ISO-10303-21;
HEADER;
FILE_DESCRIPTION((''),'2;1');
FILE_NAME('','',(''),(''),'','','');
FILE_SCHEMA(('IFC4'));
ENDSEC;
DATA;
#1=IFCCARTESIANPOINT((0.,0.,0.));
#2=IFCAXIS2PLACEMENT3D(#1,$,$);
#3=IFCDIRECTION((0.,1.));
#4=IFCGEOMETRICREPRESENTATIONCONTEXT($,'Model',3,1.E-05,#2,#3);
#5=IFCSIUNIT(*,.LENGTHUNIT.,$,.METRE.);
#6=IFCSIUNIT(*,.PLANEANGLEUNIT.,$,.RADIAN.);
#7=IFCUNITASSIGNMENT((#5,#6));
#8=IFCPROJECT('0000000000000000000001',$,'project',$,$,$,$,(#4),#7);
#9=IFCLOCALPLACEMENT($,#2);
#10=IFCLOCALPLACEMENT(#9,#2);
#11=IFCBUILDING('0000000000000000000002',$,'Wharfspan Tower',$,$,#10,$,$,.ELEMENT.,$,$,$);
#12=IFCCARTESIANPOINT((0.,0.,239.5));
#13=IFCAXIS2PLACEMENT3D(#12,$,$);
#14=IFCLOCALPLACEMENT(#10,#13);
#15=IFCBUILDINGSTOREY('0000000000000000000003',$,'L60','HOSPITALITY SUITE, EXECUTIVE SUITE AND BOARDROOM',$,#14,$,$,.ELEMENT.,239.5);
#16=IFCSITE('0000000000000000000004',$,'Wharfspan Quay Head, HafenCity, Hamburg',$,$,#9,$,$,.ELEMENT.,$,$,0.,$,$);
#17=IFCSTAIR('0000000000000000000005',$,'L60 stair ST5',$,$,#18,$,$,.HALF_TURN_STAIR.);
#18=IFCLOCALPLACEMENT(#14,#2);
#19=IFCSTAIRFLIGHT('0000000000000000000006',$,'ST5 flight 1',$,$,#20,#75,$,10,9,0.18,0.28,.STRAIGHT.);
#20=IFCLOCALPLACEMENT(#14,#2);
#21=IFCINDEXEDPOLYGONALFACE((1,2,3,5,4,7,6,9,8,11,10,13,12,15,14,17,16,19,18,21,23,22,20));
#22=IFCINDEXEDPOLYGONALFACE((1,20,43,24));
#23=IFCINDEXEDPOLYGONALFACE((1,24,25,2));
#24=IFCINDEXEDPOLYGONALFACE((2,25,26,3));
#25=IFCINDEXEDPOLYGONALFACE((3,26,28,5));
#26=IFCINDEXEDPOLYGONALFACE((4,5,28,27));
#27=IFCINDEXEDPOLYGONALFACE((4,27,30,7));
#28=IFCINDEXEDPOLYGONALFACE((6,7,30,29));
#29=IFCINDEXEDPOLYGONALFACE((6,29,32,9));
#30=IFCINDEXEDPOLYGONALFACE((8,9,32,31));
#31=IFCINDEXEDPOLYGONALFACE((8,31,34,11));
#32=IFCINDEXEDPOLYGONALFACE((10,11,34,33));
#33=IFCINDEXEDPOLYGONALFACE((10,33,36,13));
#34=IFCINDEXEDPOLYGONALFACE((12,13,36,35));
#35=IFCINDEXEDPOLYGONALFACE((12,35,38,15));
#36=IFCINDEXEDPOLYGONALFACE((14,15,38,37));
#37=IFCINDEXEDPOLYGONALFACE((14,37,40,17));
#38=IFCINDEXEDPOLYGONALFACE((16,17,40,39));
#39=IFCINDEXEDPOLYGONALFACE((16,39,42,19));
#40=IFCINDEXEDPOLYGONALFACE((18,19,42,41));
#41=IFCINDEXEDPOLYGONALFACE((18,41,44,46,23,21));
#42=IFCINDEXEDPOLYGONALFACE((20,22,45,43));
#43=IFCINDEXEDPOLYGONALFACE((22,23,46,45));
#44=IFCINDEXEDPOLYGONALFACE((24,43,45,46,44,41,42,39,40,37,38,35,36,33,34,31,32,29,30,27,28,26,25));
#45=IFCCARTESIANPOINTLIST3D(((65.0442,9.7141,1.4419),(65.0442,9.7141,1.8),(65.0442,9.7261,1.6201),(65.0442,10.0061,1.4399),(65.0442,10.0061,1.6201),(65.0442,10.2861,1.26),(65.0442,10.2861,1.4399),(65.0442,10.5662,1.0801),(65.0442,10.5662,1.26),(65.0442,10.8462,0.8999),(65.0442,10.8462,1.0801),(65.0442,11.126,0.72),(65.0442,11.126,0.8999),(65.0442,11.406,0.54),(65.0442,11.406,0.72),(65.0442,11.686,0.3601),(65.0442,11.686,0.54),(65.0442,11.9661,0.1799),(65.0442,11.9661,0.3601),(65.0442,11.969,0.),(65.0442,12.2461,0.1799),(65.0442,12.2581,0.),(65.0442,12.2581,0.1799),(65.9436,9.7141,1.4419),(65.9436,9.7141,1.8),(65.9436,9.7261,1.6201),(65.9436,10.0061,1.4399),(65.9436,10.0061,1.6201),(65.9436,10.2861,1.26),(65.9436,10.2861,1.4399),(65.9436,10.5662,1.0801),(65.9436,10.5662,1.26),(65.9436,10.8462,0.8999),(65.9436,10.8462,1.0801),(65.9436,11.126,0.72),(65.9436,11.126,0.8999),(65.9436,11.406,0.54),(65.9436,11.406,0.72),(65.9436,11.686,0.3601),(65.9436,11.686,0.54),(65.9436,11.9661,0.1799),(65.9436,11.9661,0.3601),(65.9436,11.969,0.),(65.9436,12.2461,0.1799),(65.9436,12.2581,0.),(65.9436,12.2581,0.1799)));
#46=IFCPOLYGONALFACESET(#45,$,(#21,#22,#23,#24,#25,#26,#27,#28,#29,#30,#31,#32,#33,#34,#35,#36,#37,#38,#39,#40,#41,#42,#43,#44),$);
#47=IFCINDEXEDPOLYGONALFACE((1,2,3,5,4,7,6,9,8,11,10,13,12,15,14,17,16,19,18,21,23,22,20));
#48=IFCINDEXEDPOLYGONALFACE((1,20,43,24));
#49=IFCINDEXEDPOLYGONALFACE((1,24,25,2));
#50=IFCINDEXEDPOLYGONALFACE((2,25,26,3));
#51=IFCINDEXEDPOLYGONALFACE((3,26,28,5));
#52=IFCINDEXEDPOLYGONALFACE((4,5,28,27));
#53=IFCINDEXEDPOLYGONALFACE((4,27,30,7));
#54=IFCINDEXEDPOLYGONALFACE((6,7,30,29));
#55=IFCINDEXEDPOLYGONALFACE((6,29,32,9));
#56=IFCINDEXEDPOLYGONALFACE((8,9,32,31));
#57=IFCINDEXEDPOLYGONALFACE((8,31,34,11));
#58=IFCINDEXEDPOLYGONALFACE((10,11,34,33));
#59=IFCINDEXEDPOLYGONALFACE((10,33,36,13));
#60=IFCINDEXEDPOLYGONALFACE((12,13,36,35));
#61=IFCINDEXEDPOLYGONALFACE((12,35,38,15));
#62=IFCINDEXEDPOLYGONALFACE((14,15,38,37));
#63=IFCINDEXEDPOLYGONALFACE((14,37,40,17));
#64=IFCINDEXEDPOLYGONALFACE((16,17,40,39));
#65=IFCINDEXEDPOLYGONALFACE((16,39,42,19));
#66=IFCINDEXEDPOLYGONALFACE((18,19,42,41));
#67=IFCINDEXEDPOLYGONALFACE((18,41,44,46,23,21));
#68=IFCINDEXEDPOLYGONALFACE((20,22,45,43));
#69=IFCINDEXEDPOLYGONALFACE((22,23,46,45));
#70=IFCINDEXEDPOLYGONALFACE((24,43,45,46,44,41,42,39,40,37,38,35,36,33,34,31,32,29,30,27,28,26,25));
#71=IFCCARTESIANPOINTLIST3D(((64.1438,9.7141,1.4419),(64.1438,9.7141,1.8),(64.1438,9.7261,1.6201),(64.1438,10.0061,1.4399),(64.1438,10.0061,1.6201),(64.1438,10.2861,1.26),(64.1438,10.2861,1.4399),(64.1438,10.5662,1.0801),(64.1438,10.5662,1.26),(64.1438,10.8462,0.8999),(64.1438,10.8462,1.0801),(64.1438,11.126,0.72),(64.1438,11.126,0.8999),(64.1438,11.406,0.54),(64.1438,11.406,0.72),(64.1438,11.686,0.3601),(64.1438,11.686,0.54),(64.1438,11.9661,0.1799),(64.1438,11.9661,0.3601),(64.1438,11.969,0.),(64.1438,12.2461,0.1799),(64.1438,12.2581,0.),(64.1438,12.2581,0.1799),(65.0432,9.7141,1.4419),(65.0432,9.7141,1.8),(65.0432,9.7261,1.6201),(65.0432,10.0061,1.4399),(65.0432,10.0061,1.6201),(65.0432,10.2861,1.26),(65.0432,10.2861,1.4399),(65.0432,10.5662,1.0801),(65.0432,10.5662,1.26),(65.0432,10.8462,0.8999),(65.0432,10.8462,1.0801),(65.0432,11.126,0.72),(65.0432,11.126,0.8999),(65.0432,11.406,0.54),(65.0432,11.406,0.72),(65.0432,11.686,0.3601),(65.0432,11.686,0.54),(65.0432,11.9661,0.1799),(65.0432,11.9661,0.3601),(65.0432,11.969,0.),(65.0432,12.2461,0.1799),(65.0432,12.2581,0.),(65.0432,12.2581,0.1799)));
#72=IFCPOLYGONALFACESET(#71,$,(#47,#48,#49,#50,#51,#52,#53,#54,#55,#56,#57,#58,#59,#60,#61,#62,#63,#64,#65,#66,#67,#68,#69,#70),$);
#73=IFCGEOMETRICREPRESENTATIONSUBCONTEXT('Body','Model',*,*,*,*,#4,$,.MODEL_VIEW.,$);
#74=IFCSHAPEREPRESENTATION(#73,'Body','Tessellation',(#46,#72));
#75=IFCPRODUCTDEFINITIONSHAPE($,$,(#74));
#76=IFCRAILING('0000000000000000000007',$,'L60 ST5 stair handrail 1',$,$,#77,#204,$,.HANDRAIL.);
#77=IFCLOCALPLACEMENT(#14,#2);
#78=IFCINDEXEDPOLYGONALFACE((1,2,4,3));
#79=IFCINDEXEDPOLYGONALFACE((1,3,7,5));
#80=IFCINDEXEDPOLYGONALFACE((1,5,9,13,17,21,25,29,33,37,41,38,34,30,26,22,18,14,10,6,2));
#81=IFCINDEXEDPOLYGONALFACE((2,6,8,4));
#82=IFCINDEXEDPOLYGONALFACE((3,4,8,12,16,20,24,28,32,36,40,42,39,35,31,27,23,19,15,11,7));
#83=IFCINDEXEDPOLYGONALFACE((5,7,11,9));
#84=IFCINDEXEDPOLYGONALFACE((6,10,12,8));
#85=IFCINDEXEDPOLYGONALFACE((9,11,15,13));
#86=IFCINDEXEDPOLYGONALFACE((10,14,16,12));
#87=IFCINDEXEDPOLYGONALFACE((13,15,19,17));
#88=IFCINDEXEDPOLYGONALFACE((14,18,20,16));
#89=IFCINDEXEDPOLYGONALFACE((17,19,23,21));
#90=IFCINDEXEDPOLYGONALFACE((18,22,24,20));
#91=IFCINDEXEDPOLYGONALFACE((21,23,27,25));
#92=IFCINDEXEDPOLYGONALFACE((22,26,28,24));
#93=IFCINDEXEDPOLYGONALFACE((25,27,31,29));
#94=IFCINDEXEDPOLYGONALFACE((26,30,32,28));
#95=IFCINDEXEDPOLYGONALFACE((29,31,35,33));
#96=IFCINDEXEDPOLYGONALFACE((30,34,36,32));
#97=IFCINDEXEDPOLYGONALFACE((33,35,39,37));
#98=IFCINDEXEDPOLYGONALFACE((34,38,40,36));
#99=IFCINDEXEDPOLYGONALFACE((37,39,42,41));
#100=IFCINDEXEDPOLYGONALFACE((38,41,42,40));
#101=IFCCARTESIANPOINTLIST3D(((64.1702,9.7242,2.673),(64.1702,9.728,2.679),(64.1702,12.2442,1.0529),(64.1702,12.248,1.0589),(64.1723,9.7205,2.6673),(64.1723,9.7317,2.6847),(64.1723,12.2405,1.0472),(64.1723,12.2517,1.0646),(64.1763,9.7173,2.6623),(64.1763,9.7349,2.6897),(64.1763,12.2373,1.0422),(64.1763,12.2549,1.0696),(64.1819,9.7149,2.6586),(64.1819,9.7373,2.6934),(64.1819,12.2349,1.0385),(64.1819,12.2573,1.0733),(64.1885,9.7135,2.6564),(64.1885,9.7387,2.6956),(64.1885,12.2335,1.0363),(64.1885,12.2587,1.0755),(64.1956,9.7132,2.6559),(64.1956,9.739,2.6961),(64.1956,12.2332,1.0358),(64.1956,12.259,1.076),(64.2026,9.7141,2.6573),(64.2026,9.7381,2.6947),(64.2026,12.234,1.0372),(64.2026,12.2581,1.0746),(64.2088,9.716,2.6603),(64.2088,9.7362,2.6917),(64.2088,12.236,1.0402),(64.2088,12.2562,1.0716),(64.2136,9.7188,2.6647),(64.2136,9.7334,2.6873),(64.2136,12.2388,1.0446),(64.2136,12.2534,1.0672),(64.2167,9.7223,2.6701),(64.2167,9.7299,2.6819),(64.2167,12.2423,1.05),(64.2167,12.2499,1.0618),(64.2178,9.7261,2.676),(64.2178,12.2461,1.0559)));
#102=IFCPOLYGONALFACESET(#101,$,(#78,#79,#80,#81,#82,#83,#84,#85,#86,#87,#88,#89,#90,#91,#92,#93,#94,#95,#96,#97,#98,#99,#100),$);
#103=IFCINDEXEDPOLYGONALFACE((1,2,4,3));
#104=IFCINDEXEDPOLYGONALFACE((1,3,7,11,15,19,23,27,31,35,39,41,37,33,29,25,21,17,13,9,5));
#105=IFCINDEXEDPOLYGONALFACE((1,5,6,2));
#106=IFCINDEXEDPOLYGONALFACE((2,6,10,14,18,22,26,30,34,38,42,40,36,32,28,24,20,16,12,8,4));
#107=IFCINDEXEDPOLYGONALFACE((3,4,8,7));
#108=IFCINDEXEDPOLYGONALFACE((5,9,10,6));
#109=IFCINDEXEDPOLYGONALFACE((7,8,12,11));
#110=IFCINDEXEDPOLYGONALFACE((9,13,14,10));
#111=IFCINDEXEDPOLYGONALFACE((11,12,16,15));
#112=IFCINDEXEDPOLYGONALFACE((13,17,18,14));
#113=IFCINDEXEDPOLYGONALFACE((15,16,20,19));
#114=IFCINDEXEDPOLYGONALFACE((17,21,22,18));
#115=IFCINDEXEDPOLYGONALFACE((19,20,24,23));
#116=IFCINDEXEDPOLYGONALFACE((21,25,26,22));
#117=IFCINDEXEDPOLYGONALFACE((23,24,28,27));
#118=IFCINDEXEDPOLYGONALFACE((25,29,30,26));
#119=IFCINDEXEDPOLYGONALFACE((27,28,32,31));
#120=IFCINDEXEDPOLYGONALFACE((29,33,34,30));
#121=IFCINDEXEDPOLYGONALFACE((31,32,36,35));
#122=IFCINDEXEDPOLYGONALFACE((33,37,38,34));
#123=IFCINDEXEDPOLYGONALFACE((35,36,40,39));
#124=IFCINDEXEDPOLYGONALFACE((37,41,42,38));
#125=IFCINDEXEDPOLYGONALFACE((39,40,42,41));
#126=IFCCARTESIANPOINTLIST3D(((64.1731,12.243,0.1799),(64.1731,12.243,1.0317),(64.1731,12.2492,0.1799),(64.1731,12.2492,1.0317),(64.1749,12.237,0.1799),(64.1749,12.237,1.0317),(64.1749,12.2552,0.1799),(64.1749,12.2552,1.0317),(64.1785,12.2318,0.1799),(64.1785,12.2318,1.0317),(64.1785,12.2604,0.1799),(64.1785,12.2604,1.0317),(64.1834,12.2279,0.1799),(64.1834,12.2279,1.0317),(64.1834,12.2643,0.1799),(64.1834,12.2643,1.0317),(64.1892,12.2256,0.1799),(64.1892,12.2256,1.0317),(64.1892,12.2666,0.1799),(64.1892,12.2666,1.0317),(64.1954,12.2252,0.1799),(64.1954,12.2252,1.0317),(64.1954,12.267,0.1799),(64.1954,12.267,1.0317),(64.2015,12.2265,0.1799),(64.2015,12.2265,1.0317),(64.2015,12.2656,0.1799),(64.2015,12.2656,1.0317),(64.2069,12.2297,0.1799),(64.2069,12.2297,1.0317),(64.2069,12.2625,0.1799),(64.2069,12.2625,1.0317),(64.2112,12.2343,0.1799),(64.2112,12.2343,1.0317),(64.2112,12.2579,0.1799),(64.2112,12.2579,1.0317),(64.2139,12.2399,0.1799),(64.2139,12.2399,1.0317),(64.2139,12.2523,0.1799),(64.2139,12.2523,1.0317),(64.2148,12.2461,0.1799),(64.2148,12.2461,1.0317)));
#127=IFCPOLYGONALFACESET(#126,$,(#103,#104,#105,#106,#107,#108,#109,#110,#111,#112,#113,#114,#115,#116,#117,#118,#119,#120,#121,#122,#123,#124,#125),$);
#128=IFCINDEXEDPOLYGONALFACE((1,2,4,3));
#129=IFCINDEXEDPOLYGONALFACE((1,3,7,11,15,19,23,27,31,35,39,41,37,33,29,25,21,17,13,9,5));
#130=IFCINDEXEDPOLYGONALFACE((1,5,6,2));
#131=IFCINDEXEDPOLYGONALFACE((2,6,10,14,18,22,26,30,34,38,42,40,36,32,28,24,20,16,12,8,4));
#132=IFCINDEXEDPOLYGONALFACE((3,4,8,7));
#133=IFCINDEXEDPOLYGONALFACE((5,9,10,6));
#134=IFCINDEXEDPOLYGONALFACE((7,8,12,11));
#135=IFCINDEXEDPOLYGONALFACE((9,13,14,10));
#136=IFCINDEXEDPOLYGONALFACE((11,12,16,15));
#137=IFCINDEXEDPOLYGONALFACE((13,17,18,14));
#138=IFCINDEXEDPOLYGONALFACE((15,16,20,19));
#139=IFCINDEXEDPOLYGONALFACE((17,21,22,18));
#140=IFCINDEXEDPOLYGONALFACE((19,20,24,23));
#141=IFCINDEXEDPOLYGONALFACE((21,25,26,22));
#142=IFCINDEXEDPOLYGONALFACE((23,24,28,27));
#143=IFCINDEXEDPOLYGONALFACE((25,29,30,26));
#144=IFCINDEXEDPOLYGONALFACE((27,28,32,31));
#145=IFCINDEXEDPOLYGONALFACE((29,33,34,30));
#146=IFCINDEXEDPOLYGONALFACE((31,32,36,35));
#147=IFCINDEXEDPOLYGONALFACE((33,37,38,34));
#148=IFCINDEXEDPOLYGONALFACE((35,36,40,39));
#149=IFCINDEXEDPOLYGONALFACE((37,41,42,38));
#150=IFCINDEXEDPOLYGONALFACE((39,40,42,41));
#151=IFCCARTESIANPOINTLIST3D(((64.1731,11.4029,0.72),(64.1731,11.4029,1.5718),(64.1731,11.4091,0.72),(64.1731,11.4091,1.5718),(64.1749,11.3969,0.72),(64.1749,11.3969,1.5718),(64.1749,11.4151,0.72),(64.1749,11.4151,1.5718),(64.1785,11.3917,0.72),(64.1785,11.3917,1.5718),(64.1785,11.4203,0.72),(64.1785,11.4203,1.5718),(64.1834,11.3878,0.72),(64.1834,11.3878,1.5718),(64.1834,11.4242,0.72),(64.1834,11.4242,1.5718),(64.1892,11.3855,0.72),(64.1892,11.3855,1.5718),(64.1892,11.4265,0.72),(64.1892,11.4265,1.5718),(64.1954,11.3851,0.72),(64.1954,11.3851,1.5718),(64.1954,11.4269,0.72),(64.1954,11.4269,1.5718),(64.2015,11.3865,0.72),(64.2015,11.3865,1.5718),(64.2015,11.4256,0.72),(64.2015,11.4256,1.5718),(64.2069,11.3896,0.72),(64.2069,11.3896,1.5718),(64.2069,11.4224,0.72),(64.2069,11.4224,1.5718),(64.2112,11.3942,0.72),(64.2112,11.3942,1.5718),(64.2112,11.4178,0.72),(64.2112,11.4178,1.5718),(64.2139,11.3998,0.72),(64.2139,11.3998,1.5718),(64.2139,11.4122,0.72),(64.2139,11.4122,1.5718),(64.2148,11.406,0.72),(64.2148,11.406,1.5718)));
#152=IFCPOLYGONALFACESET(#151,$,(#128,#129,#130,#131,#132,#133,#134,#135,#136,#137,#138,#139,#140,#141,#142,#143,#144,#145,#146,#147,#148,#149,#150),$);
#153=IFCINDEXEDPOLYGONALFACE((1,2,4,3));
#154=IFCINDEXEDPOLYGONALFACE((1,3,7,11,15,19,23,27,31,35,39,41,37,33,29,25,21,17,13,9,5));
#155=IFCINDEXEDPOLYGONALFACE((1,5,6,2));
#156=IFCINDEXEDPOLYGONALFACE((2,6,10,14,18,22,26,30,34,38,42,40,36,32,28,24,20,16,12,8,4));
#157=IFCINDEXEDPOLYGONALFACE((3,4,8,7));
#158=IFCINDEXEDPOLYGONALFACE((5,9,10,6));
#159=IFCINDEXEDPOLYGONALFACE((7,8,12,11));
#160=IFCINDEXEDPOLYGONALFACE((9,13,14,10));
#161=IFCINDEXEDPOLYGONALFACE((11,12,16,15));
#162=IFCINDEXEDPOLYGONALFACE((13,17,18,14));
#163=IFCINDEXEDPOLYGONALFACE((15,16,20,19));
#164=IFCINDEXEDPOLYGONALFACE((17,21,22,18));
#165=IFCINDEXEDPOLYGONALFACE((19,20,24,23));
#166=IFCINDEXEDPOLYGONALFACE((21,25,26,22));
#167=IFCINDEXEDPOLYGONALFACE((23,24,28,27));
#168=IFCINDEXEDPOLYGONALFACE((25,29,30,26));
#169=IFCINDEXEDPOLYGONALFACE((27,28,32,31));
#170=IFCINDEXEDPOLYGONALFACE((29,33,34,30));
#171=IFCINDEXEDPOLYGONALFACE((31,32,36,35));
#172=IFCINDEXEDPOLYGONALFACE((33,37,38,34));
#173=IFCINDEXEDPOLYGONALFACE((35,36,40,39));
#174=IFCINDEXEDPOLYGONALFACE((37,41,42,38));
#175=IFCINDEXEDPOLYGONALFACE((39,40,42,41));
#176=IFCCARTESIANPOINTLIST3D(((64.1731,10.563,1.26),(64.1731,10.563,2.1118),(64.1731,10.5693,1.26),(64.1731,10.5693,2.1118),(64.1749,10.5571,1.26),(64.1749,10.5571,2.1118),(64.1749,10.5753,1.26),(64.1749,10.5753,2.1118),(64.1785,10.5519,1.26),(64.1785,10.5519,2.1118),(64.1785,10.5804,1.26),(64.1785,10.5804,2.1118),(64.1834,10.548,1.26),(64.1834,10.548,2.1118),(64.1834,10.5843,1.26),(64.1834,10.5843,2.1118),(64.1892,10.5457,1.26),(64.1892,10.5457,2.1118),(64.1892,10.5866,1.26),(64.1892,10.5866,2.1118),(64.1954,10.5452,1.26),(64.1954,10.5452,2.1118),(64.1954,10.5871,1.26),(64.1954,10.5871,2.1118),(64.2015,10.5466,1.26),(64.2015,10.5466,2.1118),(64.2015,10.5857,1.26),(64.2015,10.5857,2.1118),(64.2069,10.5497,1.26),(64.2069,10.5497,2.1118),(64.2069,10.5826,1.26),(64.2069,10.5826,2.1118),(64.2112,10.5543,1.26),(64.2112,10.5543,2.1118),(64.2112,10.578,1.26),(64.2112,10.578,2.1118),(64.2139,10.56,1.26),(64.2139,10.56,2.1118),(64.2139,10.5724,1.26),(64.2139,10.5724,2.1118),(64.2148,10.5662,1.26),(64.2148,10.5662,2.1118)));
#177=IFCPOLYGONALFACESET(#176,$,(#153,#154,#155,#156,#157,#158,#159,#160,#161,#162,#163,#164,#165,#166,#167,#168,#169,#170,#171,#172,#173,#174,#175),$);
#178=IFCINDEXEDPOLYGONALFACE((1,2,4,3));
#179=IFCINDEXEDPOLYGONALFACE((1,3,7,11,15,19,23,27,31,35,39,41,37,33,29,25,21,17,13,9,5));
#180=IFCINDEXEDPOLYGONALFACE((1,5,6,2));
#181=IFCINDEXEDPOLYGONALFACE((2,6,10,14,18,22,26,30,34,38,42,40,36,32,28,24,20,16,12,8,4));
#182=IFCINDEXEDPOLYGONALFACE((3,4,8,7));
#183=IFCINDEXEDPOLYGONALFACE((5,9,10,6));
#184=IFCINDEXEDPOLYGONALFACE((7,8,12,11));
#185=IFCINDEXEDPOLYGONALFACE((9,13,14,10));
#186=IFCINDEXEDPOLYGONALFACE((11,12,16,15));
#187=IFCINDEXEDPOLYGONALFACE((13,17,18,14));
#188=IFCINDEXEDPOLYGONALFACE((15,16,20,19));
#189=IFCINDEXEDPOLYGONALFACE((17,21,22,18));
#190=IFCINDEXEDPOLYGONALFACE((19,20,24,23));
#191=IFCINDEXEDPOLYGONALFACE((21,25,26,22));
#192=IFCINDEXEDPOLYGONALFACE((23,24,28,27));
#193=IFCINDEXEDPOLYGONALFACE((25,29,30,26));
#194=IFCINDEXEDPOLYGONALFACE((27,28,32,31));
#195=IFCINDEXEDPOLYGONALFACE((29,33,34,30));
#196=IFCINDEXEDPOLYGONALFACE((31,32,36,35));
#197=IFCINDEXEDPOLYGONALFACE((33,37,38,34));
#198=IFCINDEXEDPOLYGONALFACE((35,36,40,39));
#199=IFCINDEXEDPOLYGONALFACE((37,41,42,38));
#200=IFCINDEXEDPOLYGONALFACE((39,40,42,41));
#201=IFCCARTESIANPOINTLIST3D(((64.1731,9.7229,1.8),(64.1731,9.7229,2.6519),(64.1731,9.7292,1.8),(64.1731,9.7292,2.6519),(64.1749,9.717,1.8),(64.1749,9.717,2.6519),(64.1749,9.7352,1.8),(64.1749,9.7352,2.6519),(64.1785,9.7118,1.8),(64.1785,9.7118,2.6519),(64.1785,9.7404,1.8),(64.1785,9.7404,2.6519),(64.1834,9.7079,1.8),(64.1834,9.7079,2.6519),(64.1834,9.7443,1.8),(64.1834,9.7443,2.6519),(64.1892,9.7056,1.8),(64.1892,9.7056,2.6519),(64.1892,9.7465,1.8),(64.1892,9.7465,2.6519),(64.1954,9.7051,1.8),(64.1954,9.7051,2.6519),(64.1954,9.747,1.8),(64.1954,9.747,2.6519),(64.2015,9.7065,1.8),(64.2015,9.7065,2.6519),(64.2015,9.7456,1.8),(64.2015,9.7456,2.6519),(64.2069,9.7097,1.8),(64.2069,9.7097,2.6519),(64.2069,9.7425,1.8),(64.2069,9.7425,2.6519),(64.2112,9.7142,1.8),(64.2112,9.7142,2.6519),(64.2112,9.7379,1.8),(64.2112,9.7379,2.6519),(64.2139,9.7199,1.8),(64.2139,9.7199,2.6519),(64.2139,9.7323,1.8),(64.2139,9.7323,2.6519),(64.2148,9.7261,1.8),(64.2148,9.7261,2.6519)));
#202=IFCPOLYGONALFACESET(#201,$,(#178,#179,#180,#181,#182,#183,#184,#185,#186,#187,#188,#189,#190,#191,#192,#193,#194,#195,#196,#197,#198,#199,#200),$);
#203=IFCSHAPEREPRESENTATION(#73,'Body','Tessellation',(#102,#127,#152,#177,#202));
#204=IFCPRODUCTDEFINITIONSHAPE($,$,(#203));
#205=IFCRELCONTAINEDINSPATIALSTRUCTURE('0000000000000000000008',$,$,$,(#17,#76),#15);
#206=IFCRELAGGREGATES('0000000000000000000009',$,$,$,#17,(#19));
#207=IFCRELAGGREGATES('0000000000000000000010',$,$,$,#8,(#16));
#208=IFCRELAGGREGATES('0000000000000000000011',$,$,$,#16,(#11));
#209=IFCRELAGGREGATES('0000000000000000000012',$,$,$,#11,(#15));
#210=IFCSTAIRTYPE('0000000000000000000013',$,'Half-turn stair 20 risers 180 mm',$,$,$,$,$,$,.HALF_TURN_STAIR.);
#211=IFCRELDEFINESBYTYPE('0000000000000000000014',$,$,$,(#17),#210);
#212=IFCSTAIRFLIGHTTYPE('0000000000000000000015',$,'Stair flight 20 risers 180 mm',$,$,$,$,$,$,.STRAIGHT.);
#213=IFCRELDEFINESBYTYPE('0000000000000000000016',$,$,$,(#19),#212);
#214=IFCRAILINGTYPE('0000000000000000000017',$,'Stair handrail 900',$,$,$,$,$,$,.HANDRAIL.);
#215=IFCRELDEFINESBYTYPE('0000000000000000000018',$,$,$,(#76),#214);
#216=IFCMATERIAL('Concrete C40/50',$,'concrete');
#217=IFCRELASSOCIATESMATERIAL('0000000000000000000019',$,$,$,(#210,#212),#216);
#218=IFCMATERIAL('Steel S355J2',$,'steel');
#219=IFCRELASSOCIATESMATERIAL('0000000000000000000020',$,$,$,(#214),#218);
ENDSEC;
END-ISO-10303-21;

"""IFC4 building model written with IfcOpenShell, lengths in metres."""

from ifc_helpers import new_model, si_unit, direction, frame, origin, origin_2d, place, context, subcontext, project, spatial, polyline, circle, outline, extrude, material, type_object, element, aggregate, save


model = new_model("IFC4")

# Units and contexts
model_context = context("Model", 3, precision=1e-05, world=origin(), true_north=direction((0.0, 1.0)))
body_context = subcontext(model_context, "Body", "Model", "MODEL_VIEW")
ifc_project = project(units=[si_unit("LENGTHUNIT", "METRE"), si_unit("PLANEANGLEUNIT", "RADIAN")], contexts=[model_context])

# Site, building, storey
site_placement = place(None, origin())
site = spatial("IfcSite", under=ifc_project, at=site_placement, Name="Wharfspan Quay Head, HafenCity, Hamburg", CompositionType="ELEMENT", RefElevation=0.0)
building_placement = place(site_placement, origin())
building = spatial("IfcBuilding", under=site, at=building_placement, Name="Wharfspan Tower", CompositionType="ELEMENT")
storey_placement = place(building_placement, frame((0.0, 0.0, 239.5)))
storey = spatial("IfcBuildingStorey", under=building, at=storey_placement, Name="L60", Description="HOSPITALITY SUITE, EXECUTIVE SUITE AND BOARDROOM", CompositionType="ELEMENT", Elevation=239.5)

# Shared definitions
ifc_material_1 = material(Name="Steel S355J2", Category="steel")

# Shared definitions
ifc_material_2 = material(Name="Concrete C40/50", Category="concrete")

# Stair, stair flight
stair_type = type_object("IfcStairType", Name="Half-turn stair 20 risers 180 mm", PredefinedType="HALF_TURN_STAIR", material=ifc_material_2)
stair_placement = place(storey_placement, origin())
stair = element("IfcStair", 1, at=stair_placement, inside=storey, type_object=stair_type, Name="L60 stair ST5", PredefinedType="HALF_TURN_STAIR")
stair_flight_type = type_object("IfcStairFlightType", Name="Stair flight 20 risers 180 mm", PredefinedType="STRAIGHT", material=ifc_material_2)
stair_flight_placement = place(storey_placement, frame((65.0437, 12.2461, 0.0), z_axis=(0.0, 0.0, 1.0), x_axis=(0.0, -1.0, 0.0)))
stair_flight = element("IfcStairFlight", 2, at=stair_flight_placement, type_object=stair_flight_type, Name="ST5 flight 1", NumberOfRisers=10, NumberOfTreads=9, PredefinedType="STRAIGHT", RiserHeight=0.18, TreadLength=0.28, context=body_context, shape_type="SweptSolid", body=[
    extrude(outline(polyline([(-0.012, 0.0), (-0.012, 0.1799), (0.0, 0.1799), (0.28, 0.1799), (0.28, 0.3601), (0.5601, 0.3601), (0.5601, 0.54), (0.8401, 0.54), (0.8401, 0.72), (1.1201, 0.72), (1.1201, 0.8999), (1.3999, 0.8999), (1.3999, 1.0801), (1.6799, 1.0801), (1.6799, 1.26), (1.96, 1.26), (1.96, 1.4399), (2.24, 1.4399), (2.24, 1.6201), (2.52, 1.6201), (2.532, 1.8), (2.532, 1.4419), (0.2771, 0.0), (-0.012, 0.0)])), frame((0.0, 0.8999, 0.0), z_axis=(0.0, -1.0, 0.0), x_axis=(1.0, 0.0, 0.0)), (0.0, 0.0, 1.0), 0.8994),
    extrude(outline(polyline([(-0.012, 0.0), (-0.012, 0.1799), (0.0, 0.1799), (0.28, 0.1799), (0.28, 0.3601), (0.5601, 0.3601), (0.5601, 0.54), (0.8401, 0.54), (0.8401, 0.72), (1.1201, 0.72), (1.1201, 0.8999), (1.3999, 0.8999), (1.3999, 1.0801), (1.6799, 1.0801), (1.6799, 1.26), (1.96, 1.26), (1.96, 1.4399), (2.24, 1.4399), (2.24, 1.6201), (2.52, 1.6201), (2.532, 1.8), (2.532, 1.4419), (0.2771, 0.0), (-0.012, 0.0)])), frame((0.0, -0.0005, 0.0), z_axis=(0.0, -1.0, 0.0), x_axis=(1.0, 0.0, 0.0)), (0.0, 0.0, 1.0), 0.8994),
])
aggregate(stair, [stair_flight])

# Railing
railing_type = type_object("IfcRailingType", Name="Stair handrail 900", PredefinedType="HANDRAIL", material=ifc_material_1)
railing_placement = place(storey_placement, frame((64.1938, 12.2461, 0.1799)))
element("IfcRailing", 3, at=railing_placement, inside=storey, type_object=railing_type, Name="L60 ST5 stair handrail 1", PredefinedType="HANDRAIL", context=body_context, shape_type="SweptSolid", body=[
    extrude(circle(Radius=0.0239, at=origin_2d()), frame((0.0, 0.0, 0.876), z_axis=(0.0, -0.841163, 0.540782), x_axis=(1.0, 0.0, 0.0)), (0.0, 0.0, 1.0), 2.9958),
    extrude(circle(Radius=0.021, at=origin_2d()), origin(), (0.0, 0.0, 1.0), 0.8518),
    extrude(circle(Radius=0.021, at=origin_2d()), frame((0.0, -0.8401, 0.54)), (0.0, 0.0, 1.0), 0.8518),
    extrude(circle(Radius=0.021, at=origin_2d()), frame((0.0, -1.6799, 1.0801)), (0.0, 0.0, 1.0), 0.8518),
    extrude(circle(Radius=0.021, at=origin_2d()), frame((0.0, -2.52, 1.6201)), (0.0, 0.0, 1.0), 0.8518),
])

save(model, "model.ifc")
